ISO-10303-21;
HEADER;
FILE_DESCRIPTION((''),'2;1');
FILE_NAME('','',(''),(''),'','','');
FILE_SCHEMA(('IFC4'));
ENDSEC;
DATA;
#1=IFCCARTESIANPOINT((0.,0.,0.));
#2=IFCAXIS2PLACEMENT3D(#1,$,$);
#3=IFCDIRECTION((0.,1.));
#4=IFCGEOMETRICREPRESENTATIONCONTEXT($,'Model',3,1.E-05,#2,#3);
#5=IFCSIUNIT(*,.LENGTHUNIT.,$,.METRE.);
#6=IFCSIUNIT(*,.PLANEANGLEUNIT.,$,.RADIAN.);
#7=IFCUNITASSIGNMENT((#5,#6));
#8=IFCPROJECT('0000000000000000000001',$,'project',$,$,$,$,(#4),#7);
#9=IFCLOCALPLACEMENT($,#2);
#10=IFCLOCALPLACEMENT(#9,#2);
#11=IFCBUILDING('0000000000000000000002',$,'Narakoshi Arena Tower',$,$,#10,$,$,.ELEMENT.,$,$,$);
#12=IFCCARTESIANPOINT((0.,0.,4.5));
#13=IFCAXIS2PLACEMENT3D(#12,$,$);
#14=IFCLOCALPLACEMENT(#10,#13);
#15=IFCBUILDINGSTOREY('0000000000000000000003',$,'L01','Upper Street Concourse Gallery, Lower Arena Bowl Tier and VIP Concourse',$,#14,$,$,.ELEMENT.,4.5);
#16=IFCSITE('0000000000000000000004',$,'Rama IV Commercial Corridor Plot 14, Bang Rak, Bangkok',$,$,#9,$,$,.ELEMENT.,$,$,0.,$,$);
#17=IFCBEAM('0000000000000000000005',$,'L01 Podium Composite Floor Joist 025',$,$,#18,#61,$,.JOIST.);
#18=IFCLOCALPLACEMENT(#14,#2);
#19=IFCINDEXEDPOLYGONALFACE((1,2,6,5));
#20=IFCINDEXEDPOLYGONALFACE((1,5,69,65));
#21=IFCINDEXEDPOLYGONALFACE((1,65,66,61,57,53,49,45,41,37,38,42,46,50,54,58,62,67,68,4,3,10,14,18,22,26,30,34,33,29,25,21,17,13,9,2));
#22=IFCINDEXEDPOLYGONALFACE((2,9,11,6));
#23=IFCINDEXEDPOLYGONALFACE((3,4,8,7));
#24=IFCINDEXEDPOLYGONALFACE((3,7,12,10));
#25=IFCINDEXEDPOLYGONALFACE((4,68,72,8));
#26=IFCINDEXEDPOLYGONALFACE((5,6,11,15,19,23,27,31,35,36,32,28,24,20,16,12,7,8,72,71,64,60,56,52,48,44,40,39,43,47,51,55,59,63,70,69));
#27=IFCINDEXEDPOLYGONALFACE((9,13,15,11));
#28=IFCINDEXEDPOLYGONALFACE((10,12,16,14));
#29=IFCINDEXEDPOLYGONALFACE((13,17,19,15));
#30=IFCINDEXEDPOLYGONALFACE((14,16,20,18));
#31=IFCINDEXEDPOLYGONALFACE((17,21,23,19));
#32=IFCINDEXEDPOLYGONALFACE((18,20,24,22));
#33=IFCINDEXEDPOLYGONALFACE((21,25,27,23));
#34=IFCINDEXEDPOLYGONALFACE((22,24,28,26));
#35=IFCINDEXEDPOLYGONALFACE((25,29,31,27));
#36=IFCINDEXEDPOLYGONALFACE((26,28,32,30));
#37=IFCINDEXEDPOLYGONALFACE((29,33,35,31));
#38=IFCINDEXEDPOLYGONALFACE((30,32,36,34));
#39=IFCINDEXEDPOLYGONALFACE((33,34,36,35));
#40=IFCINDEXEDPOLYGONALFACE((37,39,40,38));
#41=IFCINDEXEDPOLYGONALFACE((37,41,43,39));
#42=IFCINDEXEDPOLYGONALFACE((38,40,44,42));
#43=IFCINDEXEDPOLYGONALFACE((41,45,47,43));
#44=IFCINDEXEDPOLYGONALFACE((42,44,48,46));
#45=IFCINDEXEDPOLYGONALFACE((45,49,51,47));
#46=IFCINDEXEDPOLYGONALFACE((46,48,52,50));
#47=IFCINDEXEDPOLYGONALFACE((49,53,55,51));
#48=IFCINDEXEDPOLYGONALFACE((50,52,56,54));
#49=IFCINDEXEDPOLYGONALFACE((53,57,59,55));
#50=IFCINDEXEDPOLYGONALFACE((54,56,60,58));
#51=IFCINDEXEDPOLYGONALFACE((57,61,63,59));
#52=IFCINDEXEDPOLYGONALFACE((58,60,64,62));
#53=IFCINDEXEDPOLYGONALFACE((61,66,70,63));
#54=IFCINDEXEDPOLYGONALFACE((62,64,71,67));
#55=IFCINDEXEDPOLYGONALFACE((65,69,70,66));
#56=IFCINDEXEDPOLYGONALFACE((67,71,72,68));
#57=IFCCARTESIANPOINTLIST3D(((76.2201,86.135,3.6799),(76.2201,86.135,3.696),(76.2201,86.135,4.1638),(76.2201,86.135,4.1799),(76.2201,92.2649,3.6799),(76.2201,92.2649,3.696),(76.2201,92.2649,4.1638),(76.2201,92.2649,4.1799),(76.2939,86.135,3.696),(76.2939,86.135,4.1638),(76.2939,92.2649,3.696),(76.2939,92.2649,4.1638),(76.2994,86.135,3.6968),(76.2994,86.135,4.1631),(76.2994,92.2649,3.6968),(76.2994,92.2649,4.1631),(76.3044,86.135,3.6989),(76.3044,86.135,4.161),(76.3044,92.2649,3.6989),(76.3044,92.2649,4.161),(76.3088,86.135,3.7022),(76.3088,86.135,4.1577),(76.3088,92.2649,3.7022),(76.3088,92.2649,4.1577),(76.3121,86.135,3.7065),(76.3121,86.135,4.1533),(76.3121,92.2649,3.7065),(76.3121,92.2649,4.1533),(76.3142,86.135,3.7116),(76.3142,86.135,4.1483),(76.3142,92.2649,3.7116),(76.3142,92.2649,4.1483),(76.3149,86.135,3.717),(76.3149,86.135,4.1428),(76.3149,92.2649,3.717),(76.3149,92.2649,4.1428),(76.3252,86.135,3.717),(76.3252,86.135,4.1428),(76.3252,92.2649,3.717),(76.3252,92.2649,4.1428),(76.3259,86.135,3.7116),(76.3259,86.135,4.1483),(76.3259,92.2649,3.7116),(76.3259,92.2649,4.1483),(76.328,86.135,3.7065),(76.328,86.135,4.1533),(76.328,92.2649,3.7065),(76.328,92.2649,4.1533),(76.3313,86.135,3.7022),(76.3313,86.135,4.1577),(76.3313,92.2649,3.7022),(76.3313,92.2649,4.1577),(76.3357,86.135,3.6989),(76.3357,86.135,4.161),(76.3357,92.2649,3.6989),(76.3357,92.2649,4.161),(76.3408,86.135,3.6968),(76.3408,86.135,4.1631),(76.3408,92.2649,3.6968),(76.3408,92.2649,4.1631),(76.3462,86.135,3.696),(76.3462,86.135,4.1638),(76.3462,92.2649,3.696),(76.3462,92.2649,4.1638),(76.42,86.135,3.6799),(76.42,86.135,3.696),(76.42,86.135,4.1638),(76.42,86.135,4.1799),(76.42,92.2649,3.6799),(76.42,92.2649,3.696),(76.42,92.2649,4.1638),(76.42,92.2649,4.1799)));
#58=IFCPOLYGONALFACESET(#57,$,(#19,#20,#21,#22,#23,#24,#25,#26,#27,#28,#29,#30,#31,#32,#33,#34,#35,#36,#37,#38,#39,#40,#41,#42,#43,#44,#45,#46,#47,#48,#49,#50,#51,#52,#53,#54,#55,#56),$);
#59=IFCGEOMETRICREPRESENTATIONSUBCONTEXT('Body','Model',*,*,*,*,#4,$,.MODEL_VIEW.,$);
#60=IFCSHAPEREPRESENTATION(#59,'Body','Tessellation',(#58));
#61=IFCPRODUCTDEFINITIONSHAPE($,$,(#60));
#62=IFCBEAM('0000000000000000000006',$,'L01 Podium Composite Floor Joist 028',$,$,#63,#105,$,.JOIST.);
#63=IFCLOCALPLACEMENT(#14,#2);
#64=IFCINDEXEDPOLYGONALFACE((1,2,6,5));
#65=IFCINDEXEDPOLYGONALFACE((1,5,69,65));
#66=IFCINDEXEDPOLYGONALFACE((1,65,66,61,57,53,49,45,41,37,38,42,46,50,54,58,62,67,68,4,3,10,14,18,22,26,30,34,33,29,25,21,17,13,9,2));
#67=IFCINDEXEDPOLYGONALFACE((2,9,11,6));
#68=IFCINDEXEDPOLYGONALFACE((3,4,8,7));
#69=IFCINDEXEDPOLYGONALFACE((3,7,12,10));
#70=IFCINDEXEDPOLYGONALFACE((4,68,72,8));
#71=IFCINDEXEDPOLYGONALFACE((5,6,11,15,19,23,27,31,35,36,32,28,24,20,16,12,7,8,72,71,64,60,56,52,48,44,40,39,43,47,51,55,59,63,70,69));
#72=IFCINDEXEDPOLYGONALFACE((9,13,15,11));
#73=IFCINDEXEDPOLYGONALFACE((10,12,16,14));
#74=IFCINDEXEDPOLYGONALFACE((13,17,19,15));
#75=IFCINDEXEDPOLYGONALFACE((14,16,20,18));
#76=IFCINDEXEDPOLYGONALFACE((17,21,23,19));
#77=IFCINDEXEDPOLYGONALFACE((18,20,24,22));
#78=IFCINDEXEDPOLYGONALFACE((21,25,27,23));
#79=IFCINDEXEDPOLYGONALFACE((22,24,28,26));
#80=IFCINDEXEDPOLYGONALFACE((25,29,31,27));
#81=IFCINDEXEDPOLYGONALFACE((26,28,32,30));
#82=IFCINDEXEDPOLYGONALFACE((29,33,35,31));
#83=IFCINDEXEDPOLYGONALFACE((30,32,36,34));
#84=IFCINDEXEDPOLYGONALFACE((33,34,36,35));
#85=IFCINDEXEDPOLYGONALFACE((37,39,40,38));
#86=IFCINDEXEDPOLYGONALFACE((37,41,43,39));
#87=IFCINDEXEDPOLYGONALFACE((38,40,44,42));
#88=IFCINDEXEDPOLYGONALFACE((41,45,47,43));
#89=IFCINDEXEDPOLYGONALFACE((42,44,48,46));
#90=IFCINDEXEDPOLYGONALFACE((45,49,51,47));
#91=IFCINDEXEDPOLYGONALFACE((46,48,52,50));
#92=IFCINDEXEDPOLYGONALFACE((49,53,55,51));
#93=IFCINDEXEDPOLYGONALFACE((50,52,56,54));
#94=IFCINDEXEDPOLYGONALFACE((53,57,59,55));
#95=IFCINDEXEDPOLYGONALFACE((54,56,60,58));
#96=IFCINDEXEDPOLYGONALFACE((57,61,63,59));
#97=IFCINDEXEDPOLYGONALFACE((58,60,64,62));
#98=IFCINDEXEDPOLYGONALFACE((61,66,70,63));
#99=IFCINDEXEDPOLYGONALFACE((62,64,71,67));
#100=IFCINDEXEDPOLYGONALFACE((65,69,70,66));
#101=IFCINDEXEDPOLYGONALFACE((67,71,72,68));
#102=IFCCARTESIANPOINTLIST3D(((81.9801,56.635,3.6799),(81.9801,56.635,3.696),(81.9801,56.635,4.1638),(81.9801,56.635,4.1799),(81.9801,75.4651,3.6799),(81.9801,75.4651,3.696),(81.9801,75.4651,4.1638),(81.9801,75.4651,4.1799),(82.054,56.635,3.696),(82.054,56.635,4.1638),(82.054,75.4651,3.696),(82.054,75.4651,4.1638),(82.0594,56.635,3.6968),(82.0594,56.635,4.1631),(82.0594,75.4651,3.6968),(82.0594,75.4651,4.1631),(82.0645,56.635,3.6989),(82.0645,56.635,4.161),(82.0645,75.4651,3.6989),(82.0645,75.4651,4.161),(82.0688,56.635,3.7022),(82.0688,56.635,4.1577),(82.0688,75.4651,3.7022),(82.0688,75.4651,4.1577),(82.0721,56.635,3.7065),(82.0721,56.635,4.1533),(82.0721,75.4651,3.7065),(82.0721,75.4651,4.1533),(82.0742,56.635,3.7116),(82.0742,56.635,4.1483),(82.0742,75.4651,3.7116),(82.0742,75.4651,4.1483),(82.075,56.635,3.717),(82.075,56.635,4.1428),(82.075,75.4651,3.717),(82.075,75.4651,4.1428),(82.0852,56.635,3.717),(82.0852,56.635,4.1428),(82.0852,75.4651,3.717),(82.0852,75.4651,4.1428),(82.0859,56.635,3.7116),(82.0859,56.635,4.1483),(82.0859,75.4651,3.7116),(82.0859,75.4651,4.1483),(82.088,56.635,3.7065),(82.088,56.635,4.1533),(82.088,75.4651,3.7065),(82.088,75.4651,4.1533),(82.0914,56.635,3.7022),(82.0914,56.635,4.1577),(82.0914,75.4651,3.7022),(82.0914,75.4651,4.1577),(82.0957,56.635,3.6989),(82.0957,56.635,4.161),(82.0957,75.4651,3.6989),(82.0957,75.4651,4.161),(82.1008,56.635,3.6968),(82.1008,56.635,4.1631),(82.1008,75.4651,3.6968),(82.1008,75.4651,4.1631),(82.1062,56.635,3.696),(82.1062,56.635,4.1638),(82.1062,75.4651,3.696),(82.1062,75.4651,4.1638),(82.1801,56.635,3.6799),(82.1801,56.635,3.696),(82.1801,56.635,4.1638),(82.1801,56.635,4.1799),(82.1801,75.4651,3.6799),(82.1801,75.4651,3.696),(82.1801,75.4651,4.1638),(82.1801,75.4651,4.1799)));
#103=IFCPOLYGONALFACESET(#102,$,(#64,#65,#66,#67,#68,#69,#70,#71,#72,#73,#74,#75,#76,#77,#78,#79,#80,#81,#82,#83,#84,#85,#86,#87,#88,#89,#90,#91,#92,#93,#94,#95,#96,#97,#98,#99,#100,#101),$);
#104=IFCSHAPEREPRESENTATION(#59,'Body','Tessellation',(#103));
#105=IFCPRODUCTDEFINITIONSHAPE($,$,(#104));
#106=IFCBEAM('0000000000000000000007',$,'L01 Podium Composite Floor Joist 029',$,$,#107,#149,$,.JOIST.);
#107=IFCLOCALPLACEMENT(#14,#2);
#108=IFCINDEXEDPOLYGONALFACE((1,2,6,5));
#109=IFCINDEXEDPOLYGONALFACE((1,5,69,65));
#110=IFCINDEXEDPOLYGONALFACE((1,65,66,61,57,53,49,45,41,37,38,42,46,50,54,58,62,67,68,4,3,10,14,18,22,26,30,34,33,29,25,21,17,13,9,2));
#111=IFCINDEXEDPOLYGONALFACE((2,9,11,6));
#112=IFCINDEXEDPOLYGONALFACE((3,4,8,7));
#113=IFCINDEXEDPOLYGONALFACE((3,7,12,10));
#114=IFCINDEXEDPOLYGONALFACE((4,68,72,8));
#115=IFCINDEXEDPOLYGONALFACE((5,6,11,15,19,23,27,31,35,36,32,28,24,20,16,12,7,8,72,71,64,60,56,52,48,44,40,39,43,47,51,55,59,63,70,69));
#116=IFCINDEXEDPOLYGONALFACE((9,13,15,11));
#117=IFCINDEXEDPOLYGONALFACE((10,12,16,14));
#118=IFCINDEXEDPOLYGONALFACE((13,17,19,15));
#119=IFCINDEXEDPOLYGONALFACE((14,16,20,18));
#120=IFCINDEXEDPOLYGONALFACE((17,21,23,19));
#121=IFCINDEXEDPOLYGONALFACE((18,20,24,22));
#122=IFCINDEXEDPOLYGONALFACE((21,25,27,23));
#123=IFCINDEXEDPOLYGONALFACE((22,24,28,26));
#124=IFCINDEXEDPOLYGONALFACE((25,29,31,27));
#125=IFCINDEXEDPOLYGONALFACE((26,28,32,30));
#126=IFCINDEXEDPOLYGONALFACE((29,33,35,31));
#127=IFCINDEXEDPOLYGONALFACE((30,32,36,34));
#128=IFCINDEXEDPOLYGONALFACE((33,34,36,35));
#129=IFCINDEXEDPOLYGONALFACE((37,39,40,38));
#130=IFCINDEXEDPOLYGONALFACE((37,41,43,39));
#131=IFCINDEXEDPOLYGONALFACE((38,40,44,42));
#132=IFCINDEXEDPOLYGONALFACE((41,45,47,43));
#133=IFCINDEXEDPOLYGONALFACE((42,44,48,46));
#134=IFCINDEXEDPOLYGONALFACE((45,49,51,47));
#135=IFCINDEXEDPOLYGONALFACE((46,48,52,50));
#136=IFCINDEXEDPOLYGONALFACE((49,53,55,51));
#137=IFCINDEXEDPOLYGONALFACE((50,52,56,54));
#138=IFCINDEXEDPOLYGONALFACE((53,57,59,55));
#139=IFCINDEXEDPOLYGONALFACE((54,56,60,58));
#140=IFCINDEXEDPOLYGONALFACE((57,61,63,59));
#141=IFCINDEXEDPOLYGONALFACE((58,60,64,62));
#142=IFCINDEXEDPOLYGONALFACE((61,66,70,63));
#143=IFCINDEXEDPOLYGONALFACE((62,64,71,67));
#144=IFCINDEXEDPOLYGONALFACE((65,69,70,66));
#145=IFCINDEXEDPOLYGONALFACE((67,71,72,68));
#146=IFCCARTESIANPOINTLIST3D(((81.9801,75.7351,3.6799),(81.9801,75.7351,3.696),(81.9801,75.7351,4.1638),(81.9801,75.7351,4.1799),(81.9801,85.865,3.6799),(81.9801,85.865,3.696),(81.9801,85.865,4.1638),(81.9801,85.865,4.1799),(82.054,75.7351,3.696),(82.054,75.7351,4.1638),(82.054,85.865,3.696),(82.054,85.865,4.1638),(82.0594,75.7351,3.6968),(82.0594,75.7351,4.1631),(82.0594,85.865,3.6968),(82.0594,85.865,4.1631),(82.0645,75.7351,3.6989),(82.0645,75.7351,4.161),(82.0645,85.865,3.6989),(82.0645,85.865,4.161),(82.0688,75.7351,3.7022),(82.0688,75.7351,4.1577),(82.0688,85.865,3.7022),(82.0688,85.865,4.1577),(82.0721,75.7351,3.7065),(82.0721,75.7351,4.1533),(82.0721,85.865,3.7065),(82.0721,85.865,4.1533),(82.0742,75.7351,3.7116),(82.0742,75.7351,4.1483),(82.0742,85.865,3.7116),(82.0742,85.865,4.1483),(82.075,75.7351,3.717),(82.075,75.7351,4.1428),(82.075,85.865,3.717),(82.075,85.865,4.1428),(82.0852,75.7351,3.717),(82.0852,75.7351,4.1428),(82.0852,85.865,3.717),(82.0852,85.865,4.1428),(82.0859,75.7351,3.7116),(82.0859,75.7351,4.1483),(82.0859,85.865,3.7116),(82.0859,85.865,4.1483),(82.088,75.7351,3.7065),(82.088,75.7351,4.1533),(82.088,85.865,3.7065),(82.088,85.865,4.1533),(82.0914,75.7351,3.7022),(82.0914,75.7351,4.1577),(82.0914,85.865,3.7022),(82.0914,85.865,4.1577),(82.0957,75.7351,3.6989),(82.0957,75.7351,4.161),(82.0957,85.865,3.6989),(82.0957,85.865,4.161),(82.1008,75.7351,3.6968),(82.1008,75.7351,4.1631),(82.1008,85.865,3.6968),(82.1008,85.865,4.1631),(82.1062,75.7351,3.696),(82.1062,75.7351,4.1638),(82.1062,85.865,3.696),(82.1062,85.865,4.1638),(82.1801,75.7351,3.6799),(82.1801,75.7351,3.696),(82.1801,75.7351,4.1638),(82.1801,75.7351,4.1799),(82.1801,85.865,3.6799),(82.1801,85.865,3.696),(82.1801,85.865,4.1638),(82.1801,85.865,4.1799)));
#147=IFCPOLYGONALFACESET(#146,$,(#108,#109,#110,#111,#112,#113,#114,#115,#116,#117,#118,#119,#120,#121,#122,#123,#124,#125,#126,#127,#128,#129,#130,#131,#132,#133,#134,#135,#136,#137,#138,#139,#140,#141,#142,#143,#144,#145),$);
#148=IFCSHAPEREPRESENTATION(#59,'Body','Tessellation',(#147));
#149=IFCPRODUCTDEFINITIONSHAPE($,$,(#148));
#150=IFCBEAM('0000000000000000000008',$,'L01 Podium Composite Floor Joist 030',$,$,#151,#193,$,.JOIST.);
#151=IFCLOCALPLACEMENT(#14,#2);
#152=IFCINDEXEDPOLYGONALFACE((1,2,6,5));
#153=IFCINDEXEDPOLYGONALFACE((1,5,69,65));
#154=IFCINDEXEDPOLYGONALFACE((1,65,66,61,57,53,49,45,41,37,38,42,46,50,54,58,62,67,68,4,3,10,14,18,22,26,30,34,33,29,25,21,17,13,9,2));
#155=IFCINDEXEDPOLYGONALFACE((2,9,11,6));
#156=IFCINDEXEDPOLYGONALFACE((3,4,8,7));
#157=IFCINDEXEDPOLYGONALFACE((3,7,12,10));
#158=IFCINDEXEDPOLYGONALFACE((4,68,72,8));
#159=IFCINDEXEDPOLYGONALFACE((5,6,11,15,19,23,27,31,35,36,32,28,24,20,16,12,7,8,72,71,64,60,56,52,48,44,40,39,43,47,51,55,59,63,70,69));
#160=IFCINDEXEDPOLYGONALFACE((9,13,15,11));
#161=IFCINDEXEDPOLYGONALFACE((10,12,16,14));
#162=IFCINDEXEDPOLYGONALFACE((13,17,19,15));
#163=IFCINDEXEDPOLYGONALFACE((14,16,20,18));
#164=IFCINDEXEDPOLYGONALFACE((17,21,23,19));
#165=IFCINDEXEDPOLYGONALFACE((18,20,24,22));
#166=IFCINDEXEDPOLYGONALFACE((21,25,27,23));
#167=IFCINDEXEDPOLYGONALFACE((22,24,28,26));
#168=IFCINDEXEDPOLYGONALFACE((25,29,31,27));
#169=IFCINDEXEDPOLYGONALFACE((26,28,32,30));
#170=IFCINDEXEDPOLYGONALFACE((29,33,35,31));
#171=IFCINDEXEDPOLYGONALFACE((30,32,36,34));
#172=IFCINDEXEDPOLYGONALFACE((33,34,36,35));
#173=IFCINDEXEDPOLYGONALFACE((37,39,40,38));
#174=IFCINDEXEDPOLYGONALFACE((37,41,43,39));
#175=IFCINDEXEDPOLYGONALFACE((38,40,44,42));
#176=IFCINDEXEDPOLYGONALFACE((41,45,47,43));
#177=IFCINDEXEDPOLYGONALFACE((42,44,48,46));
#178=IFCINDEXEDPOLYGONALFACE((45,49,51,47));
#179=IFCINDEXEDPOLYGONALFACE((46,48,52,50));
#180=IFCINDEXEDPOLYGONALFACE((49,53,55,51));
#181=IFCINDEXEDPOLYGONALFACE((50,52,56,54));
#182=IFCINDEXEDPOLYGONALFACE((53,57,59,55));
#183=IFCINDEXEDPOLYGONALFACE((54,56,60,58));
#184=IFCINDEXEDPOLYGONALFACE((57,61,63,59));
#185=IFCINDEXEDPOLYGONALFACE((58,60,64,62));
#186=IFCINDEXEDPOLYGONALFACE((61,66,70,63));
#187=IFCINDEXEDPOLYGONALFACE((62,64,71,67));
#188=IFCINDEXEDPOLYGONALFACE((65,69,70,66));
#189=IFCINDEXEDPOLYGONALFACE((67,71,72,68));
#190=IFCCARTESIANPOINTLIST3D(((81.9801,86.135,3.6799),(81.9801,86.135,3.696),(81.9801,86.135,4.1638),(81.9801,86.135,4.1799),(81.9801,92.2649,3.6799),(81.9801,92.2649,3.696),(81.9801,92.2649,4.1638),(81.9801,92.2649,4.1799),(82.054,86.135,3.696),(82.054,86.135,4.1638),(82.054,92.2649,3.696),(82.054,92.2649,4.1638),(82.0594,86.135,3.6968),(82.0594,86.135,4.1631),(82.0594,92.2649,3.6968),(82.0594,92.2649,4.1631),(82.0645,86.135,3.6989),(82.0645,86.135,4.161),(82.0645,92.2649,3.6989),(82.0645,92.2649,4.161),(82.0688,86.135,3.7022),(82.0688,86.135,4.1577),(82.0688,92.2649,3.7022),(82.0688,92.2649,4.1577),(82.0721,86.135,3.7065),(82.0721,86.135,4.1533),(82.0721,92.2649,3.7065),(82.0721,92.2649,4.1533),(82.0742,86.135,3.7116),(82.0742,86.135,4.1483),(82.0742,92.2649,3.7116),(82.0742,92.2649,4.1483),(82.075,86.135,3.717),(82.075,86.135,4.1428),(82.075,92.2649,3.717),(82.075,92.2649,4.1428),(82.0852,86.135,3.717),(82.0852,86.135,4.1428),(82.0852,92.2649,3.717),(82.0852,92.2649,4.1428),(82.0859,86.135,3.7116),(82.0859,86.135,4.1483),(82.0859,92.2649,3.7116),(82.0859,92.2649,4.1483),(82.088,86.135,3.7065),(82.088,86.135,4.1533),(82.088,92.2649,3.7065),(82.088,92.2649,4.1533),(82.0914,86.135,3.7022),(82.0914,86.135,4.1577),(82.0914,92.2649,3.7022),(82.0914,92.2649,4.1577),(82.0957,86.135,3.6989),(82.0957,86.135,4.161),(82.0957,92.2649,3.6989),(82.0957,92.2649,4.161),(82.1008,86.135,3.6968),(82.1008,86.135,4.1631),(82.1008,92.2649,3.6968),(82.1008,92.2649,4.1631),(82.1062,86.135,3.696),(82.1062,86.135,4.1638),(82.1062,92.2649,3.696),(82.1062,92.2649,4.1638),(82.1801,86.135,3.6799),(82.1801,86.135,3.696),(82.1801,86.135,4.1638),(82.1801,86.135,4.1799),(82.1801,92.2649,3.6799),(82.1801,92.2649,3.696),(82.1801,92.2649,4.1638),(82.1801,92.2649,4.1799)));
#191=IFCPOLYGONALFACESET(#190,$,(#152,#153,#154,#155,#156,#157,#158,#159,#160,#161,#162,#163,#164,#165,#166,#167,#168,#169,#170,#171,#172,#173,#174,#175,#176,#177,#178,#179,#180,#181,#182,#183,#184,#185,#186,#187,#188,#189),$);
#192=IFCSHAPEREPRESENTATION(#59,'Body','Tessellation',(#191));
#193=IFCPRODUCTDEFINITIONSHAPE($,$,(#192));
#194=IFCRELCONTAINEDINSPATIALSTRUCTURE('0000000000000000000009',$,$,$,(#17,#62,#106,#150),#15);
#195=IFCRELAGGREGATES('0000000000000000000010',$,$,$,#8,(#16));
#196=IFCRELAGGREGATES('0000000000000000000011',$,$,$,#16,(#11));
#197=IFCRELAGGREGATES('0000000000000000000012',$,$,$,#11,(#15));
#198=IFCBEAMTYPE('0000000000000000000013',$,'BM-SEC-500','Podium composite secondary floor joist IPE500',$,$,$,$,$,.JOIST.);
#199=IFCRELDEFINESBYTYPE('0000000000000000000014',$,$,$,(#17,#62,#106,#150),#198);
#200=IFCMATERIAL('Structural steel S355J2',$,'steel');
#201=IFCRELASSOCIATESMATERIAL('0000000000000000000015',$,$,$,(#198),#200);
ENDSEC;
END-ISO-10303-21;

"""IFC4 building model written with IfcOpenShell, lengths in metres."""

from ifc_helpers import new_model, si_unit, direction, frame, origin, origin_2d, place, context, subcontext, project, spatial, i_section, extrude, material, material_profile, profile_set, type_object, element, save


model = new_model("IFC4")

# Units and contexts
model_context = context("Model", 3, precision=1e-05, world=origin(), true_north=direction((0.0, 1.0)))
body_context = subcontext(model_context, "Body", "Model", "MODEL_VIEW")
ifc_project = project(units=[si_unit("LENGTHUNIT", "METRE"), si_unit("PLANEANGLEUNIT", "RADIAN")], contexts=[model_context])

# Site, building, storey
site_placement = place(None, origin())
site = spatial("IfcSite", under=ifc_project, at=site_placement, Name="Rama IV Commercial Corridor Plot 14, Bang Rak, Bangkok", CompositionType="ELEMENT", RefElevation=0.0)
building_placement = place(site_placement, origin())
building = spatial("IfcBuilding", under=site, at=building_placement, Name="Narakoshi Arena Tower", CompositionType="ELEMENT")
storey_placement = place(building_placement, frame((0.0, 0.0, 4.5)))
storey = spatial("IfcBuildingStorey", under=building, at=storey_placement, Name="L01", Description="Upper Street Concourse Gallery, Lower Arena Bowl Tier and VIP Concourse", CompositionType="ELEMENT", Elevation=4.5)

# Beams
ifc_material_1 = material(Name="Structural steel S355J2", Category="steel")
ifc_material_profile_1 = material_profile(ifc_material_1, i_section(OverallWidth=0.2, OverallDepth=0.5, WebThickness=0.0103, FlangeThickness=0.0161, FilletRadius=0.021, at=origin_2d()), Name="IPE500")
ifc_profile_set_1 = profile_set([ifc_material_profile_1], Name="Structural steel S355J2")
beam_type_1 = type_object("IfcBeamType", Name="BM-SEC-500", Description="Podium composite secondary floor joist IPE500", PredefinedType="JOIST", material=ifc_profile_set_1)
beam_1_placement = place(storey_placement, frame((76.3201, 86.135, 3.9299), z_axis=(0.0, 1.0, 0.0), x_axis=(-1.0, 0.0, 0.0)))
element("IfcBeam", 1, at=beam_1_placement, inside=storey, type_object=beam_type_1, Name="L01 Podium Composite Floor Joist 025", PredefinedType="JOIST", context=body_context, shape_type="SweptSolid", body=[
    extrude(i_section(OverallWidth=0.2, OverallDepth=0.5, WebThickness=0.0103, FlangeThickness=0.0161, FilletRadius=0.021, at=origin_2d()), origin(), (0.0, 0.0, 1.0), 6.1299),
])
beam_2_placement = place(storey_placement, frame((82.0801, 56.635, 3.9299), z_axis=(0.0, 1.0, 0.0), x_axis=(-1.0, 0.0, 0.0)))
element("IfcBeam", 2, at=beam_2_placement, inside=storey, type_object=beam_type_1, Name="L01 Podium Composite Floor Joist 028", PredefinedType="JOIST", context=body_context, shape_type="SweptSolid", body=[
    extrude(i_section(OverallWidth=0.2, OverallDepth=0.5, WebThickness=0.0103, FlangeThickness=0.0161, FilletRadius=0.021, at=origin_2d()), origin(), (0.0, 0.0, 1.0), 18.8301),
])
beam_3_placement = place(storey_placement, frame((82.0801, 75.7351, 3.9299), z_axis=(0.0, 1.0, 0.0), x_axis=(-1.0, 0.0, 0.0)))
element("IfcBeam", 3, at=beam_3_placement, inside=storey, type_object=beam_type_1, Name="L01 Podium Composite Floor Joist 029", PredefinedType="JOIST", context=body_context, shape_type="SweptSolid", body=[
    extrude(i_section(OverallWidth=0.2, OverallDepth=0.5, WebThickness=0.0103, FlangeThickness=0.0161, FilletRadius=0.021, at=origin_2d()), origin(), (0.0, 0.0, 1.0), 10.1299),
])
beam_4_placement = place(storey_placement, frame((82.0801, 86.135, 3.9299), z_axis=(0.0, 1.0, 0.0), x_axis=(-1.0, 0.0, 0.0)))
element("IfcBeam", 4, at=beam_4_placement, inside=storey, type_object=beam_type_1, Name="L01 Podium Composite Floor Joist 030", PredefinedType="JOIST", context=body_context, shape_type="SweptSolid", body=[
    extrude(i_section(OverallWidth=0.2, OverallDepth=0.5, WebThickness=0.0103, FlangeThickness=0.0161, FilletRadius=0.021, at=origin_2d()), origin(), (0.0, 0.0, 1.0), 6.1299),
])

save(model, "model.ifc")
